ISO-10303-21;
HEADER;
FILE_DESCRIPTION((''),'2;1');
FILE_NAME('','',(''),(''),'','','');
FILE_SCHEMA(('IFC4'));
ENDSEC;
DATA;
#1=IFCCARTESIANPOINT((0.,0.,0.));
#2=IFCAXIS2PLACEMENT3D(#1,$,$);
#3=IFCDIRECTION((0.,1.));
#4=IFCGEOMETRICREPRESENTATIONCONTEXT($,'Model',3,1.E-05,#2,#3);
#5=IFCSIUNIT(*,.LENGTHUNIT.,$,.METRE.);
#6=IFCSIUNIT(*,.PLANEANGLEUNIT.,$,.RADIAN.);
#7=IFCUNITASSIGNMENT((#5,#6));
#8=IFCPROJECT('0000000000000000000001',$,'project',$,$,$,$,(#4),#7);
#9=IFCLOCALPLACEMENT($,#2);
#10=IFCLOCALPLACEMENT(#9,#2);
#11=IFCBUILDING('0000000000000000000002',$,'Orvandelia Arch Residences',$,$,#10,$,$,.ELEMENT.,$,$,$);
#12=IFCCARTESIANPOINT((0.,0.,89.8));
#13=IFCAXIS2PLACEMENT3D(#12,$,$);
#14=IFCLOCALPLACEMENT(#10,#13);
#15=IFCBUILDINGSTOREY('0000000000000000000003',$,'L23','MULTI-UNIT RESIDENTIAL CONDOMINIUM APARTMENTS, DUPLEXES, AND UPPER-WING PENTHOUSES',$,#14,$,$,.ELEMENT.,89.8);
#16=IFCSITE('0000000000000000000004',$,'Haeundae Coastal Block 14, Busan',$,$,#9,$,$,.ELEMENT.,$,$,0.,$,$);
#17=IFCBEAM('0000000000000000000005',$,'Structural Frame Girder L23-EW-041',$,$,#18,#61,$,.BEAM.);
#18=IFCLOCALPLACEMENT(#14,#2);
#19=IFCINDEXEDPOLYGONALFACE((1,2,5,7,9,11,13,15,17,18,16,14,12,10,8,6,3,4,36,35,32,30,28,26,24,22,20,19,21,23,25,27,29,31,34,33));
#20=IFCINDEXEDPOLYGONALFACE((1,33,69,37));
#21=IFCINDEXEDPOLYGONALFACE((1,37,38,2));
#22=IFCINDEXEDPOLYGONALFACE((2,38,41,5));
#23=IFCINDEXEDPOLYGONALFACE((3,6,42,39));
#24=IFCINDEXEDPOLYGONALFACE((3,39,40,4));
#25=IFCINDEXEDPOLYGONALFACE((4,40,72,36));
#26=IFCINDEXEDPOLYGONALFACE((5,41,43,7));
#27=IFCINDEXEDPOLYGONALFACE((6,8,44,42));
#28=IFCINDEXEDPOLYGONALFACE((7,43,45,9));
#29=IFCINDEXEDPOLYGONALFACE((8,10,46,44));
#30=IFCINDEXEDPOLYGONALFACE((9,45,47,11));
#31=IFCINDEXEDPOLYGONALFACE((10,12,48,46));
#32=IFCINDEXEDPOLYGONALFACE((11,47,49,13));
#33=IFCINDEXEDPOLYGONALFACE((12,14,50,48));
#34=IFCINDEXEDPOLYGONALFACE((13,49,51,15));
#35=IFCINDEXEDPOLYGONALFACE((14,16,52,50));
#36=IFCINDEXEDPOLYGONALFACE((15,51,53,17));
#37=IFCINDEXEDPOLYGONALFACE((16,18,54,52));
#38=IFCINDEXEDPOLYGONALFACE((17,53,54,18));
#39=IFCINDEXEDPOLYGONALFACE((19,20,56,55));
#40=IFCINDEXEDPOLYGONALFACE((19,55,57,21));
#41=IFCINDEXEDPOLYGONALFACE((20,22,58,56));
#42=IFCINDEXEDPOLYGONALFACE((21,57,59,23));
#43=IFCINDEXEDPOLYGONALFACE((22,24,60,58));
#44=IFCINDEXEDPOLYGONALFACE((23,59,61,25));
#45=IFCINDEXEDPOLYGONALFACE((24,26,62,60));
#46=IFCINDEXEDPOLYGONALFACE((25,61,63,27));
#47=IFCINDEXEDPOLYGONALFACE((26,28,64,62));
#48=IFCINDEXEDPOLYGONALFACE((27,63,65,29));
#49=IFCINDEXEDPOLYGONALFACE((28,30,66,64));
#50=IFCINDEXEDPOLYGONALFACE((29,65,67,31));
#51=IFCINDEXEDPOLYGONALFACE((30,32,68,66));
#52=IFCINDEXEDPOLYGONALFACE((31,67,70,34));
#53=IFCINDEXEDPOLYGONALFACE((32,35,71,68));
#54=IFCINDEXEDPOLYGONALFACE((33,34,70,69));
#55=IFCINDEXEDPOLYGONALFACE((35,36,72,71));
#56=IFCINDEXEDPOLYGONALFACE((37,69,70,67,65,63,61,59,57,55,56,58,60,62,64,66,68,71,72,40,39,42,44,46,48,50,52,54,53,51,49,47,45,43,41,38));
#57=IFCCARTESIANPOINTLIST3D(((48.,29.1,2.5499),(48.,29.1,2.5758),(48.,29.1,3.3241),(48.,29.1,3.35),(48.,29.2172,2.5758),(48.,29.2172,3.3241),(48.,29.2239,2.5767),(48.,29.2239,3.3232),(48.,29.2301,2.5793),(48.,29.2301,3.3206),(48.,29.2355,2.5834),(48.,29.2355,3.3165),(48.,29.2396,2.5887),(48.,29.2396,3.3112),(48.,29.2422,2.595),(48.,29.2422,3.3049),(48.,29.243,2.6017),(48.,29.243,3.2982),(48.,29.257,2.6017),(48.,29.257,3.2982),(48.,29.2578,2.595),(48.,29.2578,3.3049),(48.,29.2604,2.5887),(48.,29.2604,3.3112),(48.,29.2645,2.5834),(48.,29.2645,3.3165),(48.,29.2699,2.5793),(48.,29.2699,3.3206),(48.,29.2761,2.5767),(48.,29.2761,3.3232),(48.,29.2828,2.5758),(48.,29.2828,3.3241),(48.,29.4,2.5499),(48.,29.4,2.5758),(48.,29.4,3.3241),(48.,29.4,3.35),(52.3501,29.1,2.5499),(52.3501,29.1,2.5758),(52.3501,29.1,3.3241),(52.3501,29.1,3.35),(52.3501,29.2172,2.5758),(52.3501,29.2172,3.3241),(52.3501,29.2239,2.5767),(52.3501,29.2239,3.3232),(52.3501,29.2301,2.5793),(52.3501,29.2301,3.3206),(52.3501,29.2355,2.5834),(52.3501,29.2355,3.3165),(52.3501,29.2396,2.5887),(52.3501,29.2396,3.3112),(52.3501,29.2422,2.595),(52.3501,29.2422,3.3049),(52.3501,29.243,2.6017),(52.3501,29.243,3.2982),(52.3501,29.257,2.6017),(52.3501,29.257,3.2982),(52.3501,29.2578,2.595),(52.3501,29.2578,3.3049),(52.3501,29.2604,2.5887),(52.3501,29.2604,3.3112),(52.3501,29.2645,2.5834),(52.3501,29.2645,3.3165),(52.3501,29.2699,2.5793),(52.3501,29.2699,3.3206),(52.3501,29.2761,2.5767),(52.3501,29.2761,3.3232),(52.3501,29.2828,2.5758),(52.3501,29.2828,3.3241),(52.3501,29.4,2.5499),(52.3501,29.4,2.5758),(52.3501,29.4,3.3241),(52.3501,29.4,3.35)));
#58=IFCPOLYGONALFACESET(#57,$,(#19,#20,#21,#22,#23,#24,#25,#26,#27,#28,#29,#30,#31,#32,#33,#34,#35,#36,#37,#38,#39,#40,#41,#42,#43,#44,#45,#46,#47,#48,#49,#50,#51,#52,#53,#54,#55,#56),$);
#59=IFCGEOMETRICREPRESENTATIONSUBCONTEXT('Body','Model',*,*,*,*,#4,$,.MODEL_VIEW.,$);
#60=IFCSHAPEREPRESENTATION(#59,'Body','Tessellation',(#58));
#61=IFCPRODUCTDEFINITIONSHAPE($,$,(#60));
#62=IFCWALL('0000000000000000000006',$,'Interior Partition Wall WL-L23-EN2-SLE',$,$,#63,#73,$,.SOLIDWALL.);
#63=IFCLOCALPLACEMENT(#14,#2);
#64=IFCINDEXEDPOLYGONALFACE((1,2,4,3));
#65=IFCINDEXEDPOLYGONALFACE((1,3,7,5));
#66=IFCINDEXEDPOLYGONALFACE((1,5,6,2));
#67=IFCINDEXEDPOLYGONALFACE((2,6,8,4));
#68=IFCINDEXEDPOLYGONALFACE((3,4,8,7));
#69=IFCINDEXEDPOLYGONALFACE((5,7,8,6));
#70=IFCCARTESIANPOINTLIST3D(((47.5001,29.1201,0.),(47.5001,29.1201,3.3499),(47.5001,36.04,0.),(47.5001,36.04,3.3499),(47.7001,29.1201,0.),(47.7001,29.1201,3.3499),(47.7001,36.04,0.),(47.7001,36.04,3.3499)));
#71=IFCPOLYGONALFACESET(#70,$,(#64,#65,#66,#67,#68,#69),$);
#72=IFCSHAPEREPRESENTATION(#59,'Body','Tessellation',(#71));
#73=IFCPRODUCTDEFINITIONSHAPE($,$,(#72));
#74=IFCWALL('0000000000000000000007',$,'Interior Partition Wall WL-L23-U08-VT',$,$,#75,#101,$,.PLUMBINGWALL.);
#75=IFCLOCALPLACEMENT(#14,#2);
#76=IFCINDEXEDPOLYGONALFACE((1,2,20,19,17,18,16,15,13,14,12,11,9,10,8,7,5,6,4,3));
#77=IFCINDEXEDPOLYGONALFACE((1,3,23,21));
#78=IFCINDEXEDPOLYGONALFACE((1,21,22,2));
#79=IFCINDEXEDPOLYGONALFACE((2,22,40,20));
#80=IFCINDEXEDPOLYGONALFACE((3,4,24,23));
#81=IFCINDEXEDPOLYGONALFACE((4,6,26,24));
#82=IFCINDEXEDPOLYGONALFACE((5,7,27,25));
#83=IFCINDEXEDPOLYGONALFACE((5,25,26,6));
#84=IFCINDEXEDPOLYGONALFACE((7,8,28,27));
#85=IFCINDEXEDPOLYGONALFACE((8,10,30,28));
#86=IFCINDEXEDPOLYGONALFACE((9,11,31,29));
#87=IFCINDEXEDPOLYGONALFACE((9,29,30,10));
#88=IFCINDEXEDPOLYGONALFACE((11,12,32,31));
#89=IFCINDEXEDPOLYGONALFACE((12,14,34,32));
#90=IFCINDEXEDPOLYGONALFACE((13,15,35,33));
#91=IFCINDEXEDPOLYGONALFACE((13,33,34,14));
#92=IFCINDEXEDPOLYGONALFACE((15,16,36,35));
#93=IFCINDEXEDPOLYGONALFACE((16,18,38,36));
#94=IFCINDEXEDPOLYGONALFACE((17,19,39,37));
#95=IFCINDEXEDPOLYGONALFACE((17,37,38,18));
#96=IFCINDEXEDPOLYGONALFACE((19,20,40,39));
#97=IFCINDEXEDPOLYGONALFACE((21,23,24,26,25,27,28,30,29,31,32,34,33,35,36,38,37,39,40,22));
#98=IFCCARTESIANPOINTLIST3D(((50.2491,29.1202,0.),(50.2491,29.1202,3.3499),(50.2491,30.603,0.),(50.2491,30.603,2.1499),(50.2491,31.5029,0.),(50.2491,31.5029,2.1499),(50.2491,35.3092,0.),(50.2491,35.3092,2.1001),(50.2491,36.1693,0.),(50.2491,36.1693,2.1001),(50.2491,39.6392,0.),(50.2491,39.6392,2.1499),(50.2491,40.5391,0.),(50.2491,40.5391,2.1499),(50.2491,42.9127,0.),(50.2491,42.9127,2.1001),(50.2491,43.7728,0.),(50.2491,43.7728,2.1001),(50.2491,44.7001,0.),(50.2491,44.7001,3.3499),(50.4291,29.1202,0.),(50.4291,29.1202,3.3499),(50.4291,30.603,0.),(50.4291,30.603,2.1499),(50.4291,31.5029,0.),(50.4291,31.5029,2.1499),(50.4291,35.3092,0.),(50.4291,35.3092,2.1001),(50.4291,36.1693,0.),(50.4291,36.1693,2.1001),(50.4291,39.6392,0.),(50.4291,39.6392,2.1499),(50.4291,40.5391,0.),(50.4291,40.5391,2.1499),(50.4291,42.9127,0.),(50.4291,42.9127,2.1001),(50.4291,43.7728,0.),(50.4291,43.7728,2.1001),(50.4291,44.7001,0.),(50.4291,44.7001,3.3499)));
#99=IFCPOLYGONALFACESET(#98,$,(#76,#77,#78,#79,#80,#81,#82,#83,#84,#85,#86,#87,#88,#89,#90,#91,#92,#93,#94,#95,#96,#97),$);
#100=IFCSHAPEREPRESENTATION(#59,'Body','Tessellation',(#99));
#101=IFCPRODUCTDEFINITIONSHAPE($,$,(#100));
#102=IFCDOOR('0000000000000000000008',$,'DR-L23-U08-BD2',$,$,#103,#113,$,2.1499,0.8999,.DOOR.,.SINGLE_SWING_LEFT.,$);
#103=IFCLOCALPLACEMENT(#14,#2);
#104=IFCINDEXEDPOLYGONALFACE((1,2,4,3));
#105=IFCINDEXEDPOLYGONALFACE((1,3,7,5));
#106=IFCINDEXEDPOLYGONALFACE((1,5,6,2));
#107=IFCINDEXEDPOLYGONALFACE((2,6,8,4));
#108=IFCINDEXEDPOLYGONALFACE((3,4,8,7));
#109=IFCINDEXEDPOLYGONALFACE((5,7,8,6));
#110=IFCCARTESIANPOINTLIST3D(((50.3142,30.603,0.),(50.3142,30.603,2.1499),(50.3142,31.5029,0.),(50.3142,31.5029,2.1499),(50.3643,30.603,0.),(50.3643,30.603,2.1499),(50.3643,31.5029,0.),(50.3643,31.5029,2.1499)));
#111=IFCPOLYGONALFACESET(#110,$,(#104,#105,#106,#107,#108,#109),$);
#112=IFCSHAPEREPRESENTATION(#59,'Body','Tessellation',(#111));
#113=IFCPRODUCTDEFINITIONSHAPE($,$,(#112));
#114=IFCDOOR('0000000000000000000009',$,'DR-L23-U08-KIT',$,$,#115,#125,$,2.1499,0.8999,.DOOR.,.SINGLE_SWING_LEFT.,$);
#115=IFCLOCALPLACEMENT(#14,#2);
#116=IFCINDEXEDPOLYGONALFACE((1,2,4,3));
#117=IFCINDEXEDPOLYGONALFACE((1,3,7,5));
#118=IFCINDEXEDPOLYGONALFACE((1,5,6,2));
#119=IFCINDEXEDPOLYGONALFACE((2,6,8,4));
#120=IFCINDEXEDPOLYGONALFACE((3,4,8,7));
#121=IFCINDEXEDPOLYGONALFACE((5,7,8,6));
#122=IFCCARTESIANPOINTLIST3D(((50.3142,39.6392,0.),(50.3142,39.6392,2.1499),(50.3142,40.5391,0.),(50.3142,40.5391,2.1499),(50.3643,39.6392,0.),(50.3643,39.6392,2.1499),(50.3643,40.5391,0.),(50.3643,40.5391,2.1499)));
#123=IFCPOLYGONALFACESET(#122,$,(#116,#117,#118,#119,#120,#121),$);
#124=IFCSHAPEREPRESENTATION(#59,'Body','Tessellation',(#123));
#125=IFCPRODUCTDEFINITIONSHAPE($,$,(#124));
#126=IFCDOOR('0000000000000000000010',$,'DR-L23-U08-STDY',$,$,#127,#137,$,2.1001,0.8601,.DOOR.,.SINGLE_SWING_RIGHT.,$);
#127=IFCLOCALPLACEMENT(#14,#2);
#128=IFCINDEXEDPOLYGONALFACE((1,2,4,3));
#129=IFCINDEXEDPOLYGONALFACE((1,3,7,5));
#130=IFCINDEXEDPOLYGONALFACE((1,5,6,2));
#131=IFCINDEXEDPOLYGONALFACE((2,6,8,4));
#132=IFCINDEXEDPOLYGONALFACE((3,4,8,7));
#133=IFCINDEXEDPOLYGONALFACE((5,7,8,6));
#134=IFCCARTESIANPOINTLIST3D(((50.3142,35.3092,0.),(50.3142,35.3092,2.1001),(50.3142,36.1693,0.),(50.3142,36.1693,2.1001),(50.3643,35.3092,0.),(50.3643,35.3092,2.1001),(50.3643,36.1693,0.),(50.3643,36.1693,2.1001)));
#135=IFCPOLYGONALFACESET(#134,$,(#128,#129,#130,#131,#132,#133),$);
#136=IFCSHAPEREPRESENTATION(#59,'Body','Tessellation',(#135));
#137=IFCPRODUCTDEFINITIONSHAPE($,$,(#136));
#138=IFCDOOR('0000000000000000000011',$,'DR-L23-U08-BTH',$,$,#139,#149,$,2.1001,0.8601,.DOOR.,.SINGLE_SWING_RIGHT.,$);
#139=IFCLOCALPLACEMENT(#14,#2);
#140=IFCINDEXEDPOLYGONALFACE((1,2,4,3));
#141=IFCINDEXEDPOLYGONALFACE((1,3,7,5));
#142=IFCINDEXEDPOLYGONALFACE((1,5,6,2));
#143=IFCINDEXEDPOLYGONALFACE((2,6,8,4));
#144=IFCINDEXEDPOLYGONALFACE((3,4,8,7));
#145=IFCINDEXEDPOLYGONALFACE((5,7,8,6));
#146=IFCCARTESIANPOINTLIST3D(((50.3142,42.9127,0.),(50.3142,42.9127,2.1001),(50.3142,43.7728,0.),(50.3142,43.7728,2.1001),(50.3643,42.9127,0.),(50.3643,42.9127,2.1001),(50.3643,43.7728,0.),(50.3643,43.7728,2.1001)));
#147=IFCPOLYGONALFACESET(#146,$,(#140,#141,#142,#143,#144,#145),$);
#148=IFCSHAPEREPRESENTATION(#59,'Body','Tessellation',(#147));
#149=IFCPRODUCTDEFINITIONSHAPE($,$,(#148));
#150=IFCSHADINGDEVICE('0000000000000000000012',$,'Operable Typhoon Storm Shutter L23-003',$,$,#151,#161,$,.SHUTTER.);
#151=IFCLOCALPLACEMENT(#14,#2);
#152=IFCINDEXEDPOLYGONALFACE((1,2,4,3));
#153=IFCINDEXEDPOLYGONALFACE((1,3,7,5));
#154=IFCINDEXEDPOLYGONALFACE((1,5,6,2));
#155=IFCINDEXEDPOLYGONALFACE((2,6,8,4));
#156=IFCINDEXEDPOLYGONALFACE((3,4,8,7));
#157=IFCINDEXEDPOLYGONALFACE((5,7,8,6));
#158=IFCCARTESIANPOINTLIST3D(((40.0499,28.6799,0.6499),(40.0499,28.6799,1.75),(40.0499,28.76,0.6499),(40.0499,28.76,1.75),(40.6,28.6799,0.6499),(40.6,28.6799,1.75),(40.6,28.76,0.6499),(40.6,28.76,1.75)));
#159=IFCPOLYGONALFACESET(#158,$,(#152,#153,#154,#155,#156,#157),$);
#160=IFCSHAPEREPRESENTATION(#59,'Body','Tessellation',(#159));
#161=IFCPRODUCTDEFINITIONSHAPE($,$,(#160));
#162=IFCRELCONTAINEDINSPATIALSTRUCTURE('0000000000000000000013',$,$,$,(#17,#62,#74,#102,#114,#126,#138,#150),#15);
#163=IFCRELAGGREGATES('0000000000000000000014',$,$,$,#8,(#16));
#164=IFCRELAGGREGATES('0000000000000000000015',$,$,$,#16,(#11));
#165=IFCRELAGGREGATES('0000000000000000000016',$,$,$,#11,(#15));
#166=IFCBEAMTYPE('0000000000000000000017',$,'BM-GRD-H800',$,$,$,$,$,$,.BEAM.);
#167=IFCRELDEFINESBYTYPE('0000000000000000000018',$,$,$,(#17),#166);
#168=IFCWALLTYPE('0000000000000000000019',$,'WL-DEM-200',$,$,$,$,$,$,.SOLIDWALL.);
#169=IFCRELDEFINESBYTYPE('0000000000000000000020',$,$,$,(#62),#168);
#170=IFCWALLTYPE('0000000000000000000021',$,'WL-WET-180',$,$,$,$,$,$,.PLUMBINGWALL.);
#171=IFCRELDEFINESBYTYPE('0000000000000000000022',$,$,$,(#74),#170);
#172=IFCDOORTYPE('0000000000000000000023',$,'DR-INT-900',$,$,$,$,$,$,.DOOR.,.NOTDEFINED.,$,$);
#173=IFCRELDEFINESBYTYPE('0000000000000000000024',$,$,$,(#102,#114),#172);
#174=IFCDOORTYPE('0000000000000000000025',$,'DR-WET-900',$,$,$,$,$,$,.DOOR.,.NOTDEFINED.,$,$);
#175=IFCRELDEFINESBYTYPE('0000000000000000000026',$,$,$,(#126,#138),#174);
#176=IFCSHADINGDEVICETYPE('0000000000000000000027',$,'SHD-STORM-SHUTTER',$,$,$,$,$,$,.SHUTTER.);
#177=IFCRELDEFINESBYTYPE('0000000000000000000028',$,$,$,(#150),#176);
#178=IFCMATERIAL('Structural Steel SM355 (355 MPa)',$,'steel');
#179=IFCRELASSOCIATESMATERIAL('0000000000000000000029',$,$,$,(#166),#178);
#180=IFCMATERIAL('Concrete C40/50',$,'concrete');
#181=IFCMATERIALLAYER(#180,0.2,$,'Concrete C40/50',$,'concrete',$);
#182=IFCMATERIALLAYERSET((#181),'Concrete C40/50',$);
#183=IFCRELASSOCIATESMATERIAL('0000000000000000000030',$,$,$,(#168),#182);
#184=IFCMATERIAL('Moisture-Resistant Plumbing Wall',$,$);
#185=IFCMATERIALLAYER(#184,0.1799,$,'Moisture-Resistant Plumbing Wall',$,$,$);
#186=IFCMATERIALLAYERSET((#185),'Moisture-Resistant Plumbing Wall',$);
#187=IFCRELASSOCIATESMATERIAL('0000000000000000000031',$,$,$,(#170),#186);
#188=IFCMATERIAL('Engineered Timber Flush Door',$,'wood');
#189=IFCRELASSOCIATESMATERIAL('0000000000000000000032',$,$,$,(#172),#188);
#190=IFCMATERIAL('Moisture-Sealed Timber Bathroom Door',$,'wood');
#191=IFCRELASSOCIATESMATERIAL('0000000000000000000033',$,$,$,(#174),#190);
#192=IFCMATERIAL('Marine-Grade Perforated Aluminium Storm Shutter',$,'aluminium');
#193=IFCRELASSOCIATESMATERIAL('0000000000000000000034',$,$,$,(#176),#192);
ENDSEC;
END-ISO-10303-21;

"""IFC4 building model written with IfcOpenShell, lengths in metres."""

from ifc_helpers import new_model, si_unit, direction, frame, frame_2d, origin, origin_2d, place, context, subcontext, project, spatial, rectangle, i_section, extrude, material, layer, layer_set, material_profile, profile_set, type_object, element, fill, save


model = new_model("IFC4")

# Units and contexts
model_context = context("Model", 3, precision=1e-05, world=origin(), true_north=direction((0.0, 1.0)))
body_context = subcontext(model_context, "Body", "Model", "MODEL_VIEW")
ifc_project = project(units=[si_unit("LENGTHUNIT", "METRE"), si_unit("PLANEANGLEUNIT", "RADIAN")], contexts=[model_context])

# Site, building, storey
site_placement = place(None, origin())
site = spatial("IfcSite", under=ifc_project, at=site_placement, Name="Haeundae Coastal Block 14, Busan", CompositionType="ELEMENT", RefElevation=0.0)
building_placement = place(site_placement, origin())
building = spatial("IfcBuilding", under=site, at=building_placement, Name="Orvandelia Arch Residences", CompositionType="ELEMENT")
storey_placement = place(building_placement, frame((0.0, 0.0, 89.8)))
storey = spatial("IfcBuildingStorey", under=building, at=storey_placement, Name="L23", Description="MULTI-UNIT RESIDENTIAL CONDOMINIUM APARTMENTS, DUPLEXES, AND UPPER-WING PENTHOUSES", CompositionType="ELEMENT", Elevation=89.8)

# Beam
ifc_material_1 = material(Name="Structural Steel SM355 (355 MPa)", Category="steel")
ifc_material_profile_1 = material_profile(ifc_material_1, i_section(OverallWidth=0.3, OverallDepth=0.8, WebThickness=0.0139, FlangeThickness=0.0259, FilletRadius=0.0259, at=origin_2d()), Name="Structural Steel SM355 (355 MPa)", Category="steel")
ifc_profile_set_1 = profile_set([ifc_material_profile_1], Name="Structural Steel SM355 (355 MPa)")
beam_type = type_object("IfcBeamType", Name="BM-GRD-H800", PredefinedType="BEAM", material=ifc_profile_set_1)
beam_1_placement = place(storey_placement, frame((48.0, 29.25, 2.95), z_axis=(1.0, 0.0, 0.0), x_axis=(0.0, 1.0, 0.0)))
element("IfcBeam", 1, at=beam_1_placement, inside=storey, type_object=beam_type, Name="Structural Frame Girder L23-EW-041", PredefinedType="BEAM", context=body_context, shape_type="SweptSolid", body=[
    extrude(i_section(OverallWidth=0.3, OverallDepth=0.8, WebThickness=0.0139, FlangeThickness=0.0259, FilletRadius=0.0259, at=origin_2d()), origin(), (0.0, 0.0, 1.0), 4.3501),
])

# Wall
ifc_material_2 = material(Name="Concrete C40/50", Category="concrete")
ifc_layer_1 = layer(ifc_material_2, 0.2, Name="Concrete C40/50", Category="concrete")
ifc_layer_set_1 = layer_set([ifc_layer_1], Name="Concrete C40/50")
wall_type_1 = type_object("IfcWallType", Name="WL-DEM-200", PredefinedType="SOLIDWALL", material=ifc_layer_set_1)
wall_1_placement = place(storey_placement, frame((47.6001, 29.1201, 0.0), z_axis=(0.0, 0.0, 1.0), x_axis=(0.0, 1.0, 0.0)))
element("IfcWall", 2, at=wall_1_placement, inside=storey, type_object=wall_type_1, Name="Interior Partition Wall WL-L23-EN2-SLE", PredefinedType="SOLIDWALL", context=body_context, shape_type="SweptSolid", body=[
    extrude(rectangle(XDim=6.9199, YDim=0.2, at=frame_2d((3.46, 0.0))), origin(), (0.0, 0.0, 1.0), 3.3499),
])

# Wall, openings, doors
ifc_material_3 = material(Name="Moisture-Resistant Plumbing Wall")
ifc_layer_2 = layer(ifc_material_3, 0.1799, Name="Moisture-Resistant Plumbing Wall")
ifc_layer_set_2 = layer_set([ifc_layer_2], Name="Moisture-Resistant Plumbing Wall")
wall_type_2 = type_object("IfcWallType", Name="WL-WET-180", PredefinedType="PLUMBINGWALL", material=ifc_layer_set_2)
wall_2_placement = place(storey_placement, frame((50.3391, 29.1201, 0.0), z_axis=(0.0, 0.0, 1.0), x_axis=(0.0, 1.0, 0.0)))
wall_2 = element("IfcWall", 3, at=wall_2_placement, inside=storey, type_object=wall_type_2, Name="Interior Partition Wall WL-L23-U08-VT", PredefinedType="PLUMBINGWALL", context=body_context, shape_type="SweptSolid", body=[
    extrude(rectangle(XDim=15.5798, YDim=0.1799, at=frame_2d((7.79, 0.0))), origin(), (0.0, 0.0, 1.0), 3.3499),
])
opening_1_placement = place(wall_2_placement, frame((1.4829, 0.0, 0.0)))
opening_1 = element("IfcOpeningElement", 4, at=opening_1_placement, cuts=wall_2, PredefinedType="OPENING", context=body_context, shape_type="SweptSolid", body=[
    extrude(rectangle(XDim=0.8999, YDim=2.1499, at=frame_2d((0.45, 1.075))), frame((0.0, 0.1001, 0.0), z_axis=(0.0, -1.0, 0.0), x_axis=(1.0, 0.0, 0.0)), (0.0, 0.0, 1.0), 0.2),
])
opening_2_placement = place(wall_2_placement, frame((6.189, 0.0, 0.0)))
opening_2 = element("IfcOpeningElement", 5, at=opening_2_placement, cuts=wall_2, PredefinedType="OPENING", context=body_context, shape_type="SweptSolid", body=[
    extrude(rectangle(XDim=0.8601, YDim=2.1001, at=frame_2d((0.4302, 1.05))), frame((0.0, 0.1001, 0.0), z_axis=(0.0, -1.0, 0.0), x_axis=(1.0, 0.0, 0.0)), (0.0, 0.0, 1.0), 0.2),
])
opening_3_placement = place(wall_2_placement, frame((10.519, 0.0, 0.0)))
opening_3 = element("IfcOpeningElement", 6, at=opening_3_placement, cuts=wall_2, PredefinedType="OPENING", context=body_context, shape_type="SweptSolid", body=[
    extrude(rectangle(XDim=0.8999, YDim=2.1499, at=frame_2d((0.45, 1.075))), frame((0.0, 0.1001, 0.0), z_axis=(0.0, -1.0, 0.0), x_axis=(1.0, 0.0, 0.0)), (0.0, 0.0, 1.0), 0.2),
])
opening_4_placement = place(wall_2_placement, frame((13.7925, 0.0, 0.0)))
opening_4 = element("IfcOpeningElement", 7, at=opening_4_placement, cuts=wall_2, PredefinedType="OPENING", context=body_context, shape_type="SweptSolid", body=[
    extrude(rectangle(XDim=0.8601, YDim=2.1001, at=frame_2d((0.4302, 1.05))), frame((0.0, 0.1001, 0.0), z_axis=(0.0, -1.0, 0.0), x_axis=(1.0, 0.0, 0.0)), (0.0, 0.0, 1.0), 0.2),
])
ifc_material_4 = material(Name="Engineered Timber Flush Door", Category="wood")
door_type_1 = type_object("IfcDoorType", Name="DR-INT-900", OperationType="NOTDEFINED", PredefinedType="DOOR", material=ifc_material_4)
door_1_placement = place(opening_1_placement, origin())
door_1 = element("IfcDoor", 8, at=door_1_placement, inside=storey, type_object=door_type_1, Name="DR-L23-U08-BD2", OperationType="SINGLE_SWING_LEFT", OverallHeight=2.1499, OverallWidth=0.8999, PredefinedType="DOOR", context=body_context, shape_type="SweptSolid", body=[
    extrude(rectangle(XDim=0.8999, YDim=2.1499, at=frame_2d((0.45, 1.075))), frame((0.0, 0.0249, 0.0), z_axis=(0.0, -1.0, 0.0), x_axis=(1.0, 0.0, 0.0)), (0.0, 0.0, 1.0), 0.05),
])
fill(opening_1, door_1)
door_2_placement = place(opening_3_placement, origin())
door_2 = element("IfcDoor", 9, at=door_2_placement, inside=storey, type_object=door_type_1, Name="DR-L23-U08-KIT", OperationType="SINGLE_SWING_LEFT", OverallHeight=2.1499, OverallWidth=0.8999, PredefinedType="DOOR", context=body_context, shape_type="SweptSolid", body=[
    extrude(rectangle(XDim=0.8999, YDim=2.1499, at=frame_2d((0.45, 1.075))), frame((0.0, 0.0249, 0.0), z_axis=(0.0, -1.0, 0.0), x_axis=(1.0, 0.0, 0.0)), (0.0, 0.0, 1.0), 0.05),
])
fill(opening_3, door_2)
ifc_material_5 = material(Name="Moisture-Sealed Timber Bathroom Door", Category="wood")
door_type_2 = type_object("IfcDoorType", Name="DR-WET-900", OperationType="NOTDEFINED", PredefinedType="DOOR", material=ifc_material_5)
door_3_placement = place(opening_2_placement, origin())
door_3 = element("IfcDoor", 10, at=door_3_placement, inside=storey, type_object=door_type_2, Name="DR-L23-U08-STDY", OperationType="SINGLE_SWING_RIGHT", OverallHeight=2.1001, OverallWidth=0.8601, PredefinedType="DOOR", context=body_context, shape_type="SweptSolid", body=[
    extrude(rectangle(XDim=0.8601, YDim=2.1001, at=frame_2d((0.4302, 1.05))), frame((0.0, 0.0249, 0.0), z_axis=(0.0, -1.0, 0.0), x_axis=(1.0, 0.0, 0.0)), (0.0, 0.0, 1.0), 0.05),
])
fill(opening_2, door_3)
door_4_placement = place(opening_4_placement, origin())
door_4 = element("IfcDoor", 11, at=door_4_placement, inside=storey, type_object=door_type_2, Name="DR-L23-U08-BTH", OperationType="SINGLE_SWING_RIGHT", OverallHeight=2.1001, OverallWidth=0.8601, PredefinedType="DOOR", context=body_context, shape_type="SweptSolid", body=[
    extrude(rectangle(XDim=0.8601, YDim=2.1001, at=frame_2d((0.4302, 1.05))), frame((0.0, 0.0249, 0.0), z_axis=(0.0, -1.0, 0.0), x_axis=(1.0, 0.0, 0.0)), (0.0, 0.0, 1.0), 0.05),
])
fill(opening_4, door_4)

# Shading device
ifc_material_6 = material(Name="Marine-Grade Perforated Aluminium Storm Shutter", Category="aluminium")
shading_device_type = type_object("IfcShadingDeviceType", Name="SHD-STORM-SHUTTER", PredefinedType="SHUTTER", material=ifc_material_6)
shading_device_placement = place(storey_placement, frame((40.325, 28.72, 0.6499), z_axis=(0.0, 0.0, 1.0), x_axis=(-1.0, 0.0, 0.0)))
element("IfcShadingDevice", 12, at=shading_device_placement, inside=storey, type_object=shading_device_type, Name="Operable Typhoon Storm Shutter L23-003", PredefinedType="SHUTTER", context=body_context, shape_type="SweptSolid", body=[
    extrude(rectangle(XDim=0.55, YDim=0.0801, at=origin_2d()), origin(), (0.0, 0.0, 1.0), 1.1001),
])

save(model, "model.ifc")
